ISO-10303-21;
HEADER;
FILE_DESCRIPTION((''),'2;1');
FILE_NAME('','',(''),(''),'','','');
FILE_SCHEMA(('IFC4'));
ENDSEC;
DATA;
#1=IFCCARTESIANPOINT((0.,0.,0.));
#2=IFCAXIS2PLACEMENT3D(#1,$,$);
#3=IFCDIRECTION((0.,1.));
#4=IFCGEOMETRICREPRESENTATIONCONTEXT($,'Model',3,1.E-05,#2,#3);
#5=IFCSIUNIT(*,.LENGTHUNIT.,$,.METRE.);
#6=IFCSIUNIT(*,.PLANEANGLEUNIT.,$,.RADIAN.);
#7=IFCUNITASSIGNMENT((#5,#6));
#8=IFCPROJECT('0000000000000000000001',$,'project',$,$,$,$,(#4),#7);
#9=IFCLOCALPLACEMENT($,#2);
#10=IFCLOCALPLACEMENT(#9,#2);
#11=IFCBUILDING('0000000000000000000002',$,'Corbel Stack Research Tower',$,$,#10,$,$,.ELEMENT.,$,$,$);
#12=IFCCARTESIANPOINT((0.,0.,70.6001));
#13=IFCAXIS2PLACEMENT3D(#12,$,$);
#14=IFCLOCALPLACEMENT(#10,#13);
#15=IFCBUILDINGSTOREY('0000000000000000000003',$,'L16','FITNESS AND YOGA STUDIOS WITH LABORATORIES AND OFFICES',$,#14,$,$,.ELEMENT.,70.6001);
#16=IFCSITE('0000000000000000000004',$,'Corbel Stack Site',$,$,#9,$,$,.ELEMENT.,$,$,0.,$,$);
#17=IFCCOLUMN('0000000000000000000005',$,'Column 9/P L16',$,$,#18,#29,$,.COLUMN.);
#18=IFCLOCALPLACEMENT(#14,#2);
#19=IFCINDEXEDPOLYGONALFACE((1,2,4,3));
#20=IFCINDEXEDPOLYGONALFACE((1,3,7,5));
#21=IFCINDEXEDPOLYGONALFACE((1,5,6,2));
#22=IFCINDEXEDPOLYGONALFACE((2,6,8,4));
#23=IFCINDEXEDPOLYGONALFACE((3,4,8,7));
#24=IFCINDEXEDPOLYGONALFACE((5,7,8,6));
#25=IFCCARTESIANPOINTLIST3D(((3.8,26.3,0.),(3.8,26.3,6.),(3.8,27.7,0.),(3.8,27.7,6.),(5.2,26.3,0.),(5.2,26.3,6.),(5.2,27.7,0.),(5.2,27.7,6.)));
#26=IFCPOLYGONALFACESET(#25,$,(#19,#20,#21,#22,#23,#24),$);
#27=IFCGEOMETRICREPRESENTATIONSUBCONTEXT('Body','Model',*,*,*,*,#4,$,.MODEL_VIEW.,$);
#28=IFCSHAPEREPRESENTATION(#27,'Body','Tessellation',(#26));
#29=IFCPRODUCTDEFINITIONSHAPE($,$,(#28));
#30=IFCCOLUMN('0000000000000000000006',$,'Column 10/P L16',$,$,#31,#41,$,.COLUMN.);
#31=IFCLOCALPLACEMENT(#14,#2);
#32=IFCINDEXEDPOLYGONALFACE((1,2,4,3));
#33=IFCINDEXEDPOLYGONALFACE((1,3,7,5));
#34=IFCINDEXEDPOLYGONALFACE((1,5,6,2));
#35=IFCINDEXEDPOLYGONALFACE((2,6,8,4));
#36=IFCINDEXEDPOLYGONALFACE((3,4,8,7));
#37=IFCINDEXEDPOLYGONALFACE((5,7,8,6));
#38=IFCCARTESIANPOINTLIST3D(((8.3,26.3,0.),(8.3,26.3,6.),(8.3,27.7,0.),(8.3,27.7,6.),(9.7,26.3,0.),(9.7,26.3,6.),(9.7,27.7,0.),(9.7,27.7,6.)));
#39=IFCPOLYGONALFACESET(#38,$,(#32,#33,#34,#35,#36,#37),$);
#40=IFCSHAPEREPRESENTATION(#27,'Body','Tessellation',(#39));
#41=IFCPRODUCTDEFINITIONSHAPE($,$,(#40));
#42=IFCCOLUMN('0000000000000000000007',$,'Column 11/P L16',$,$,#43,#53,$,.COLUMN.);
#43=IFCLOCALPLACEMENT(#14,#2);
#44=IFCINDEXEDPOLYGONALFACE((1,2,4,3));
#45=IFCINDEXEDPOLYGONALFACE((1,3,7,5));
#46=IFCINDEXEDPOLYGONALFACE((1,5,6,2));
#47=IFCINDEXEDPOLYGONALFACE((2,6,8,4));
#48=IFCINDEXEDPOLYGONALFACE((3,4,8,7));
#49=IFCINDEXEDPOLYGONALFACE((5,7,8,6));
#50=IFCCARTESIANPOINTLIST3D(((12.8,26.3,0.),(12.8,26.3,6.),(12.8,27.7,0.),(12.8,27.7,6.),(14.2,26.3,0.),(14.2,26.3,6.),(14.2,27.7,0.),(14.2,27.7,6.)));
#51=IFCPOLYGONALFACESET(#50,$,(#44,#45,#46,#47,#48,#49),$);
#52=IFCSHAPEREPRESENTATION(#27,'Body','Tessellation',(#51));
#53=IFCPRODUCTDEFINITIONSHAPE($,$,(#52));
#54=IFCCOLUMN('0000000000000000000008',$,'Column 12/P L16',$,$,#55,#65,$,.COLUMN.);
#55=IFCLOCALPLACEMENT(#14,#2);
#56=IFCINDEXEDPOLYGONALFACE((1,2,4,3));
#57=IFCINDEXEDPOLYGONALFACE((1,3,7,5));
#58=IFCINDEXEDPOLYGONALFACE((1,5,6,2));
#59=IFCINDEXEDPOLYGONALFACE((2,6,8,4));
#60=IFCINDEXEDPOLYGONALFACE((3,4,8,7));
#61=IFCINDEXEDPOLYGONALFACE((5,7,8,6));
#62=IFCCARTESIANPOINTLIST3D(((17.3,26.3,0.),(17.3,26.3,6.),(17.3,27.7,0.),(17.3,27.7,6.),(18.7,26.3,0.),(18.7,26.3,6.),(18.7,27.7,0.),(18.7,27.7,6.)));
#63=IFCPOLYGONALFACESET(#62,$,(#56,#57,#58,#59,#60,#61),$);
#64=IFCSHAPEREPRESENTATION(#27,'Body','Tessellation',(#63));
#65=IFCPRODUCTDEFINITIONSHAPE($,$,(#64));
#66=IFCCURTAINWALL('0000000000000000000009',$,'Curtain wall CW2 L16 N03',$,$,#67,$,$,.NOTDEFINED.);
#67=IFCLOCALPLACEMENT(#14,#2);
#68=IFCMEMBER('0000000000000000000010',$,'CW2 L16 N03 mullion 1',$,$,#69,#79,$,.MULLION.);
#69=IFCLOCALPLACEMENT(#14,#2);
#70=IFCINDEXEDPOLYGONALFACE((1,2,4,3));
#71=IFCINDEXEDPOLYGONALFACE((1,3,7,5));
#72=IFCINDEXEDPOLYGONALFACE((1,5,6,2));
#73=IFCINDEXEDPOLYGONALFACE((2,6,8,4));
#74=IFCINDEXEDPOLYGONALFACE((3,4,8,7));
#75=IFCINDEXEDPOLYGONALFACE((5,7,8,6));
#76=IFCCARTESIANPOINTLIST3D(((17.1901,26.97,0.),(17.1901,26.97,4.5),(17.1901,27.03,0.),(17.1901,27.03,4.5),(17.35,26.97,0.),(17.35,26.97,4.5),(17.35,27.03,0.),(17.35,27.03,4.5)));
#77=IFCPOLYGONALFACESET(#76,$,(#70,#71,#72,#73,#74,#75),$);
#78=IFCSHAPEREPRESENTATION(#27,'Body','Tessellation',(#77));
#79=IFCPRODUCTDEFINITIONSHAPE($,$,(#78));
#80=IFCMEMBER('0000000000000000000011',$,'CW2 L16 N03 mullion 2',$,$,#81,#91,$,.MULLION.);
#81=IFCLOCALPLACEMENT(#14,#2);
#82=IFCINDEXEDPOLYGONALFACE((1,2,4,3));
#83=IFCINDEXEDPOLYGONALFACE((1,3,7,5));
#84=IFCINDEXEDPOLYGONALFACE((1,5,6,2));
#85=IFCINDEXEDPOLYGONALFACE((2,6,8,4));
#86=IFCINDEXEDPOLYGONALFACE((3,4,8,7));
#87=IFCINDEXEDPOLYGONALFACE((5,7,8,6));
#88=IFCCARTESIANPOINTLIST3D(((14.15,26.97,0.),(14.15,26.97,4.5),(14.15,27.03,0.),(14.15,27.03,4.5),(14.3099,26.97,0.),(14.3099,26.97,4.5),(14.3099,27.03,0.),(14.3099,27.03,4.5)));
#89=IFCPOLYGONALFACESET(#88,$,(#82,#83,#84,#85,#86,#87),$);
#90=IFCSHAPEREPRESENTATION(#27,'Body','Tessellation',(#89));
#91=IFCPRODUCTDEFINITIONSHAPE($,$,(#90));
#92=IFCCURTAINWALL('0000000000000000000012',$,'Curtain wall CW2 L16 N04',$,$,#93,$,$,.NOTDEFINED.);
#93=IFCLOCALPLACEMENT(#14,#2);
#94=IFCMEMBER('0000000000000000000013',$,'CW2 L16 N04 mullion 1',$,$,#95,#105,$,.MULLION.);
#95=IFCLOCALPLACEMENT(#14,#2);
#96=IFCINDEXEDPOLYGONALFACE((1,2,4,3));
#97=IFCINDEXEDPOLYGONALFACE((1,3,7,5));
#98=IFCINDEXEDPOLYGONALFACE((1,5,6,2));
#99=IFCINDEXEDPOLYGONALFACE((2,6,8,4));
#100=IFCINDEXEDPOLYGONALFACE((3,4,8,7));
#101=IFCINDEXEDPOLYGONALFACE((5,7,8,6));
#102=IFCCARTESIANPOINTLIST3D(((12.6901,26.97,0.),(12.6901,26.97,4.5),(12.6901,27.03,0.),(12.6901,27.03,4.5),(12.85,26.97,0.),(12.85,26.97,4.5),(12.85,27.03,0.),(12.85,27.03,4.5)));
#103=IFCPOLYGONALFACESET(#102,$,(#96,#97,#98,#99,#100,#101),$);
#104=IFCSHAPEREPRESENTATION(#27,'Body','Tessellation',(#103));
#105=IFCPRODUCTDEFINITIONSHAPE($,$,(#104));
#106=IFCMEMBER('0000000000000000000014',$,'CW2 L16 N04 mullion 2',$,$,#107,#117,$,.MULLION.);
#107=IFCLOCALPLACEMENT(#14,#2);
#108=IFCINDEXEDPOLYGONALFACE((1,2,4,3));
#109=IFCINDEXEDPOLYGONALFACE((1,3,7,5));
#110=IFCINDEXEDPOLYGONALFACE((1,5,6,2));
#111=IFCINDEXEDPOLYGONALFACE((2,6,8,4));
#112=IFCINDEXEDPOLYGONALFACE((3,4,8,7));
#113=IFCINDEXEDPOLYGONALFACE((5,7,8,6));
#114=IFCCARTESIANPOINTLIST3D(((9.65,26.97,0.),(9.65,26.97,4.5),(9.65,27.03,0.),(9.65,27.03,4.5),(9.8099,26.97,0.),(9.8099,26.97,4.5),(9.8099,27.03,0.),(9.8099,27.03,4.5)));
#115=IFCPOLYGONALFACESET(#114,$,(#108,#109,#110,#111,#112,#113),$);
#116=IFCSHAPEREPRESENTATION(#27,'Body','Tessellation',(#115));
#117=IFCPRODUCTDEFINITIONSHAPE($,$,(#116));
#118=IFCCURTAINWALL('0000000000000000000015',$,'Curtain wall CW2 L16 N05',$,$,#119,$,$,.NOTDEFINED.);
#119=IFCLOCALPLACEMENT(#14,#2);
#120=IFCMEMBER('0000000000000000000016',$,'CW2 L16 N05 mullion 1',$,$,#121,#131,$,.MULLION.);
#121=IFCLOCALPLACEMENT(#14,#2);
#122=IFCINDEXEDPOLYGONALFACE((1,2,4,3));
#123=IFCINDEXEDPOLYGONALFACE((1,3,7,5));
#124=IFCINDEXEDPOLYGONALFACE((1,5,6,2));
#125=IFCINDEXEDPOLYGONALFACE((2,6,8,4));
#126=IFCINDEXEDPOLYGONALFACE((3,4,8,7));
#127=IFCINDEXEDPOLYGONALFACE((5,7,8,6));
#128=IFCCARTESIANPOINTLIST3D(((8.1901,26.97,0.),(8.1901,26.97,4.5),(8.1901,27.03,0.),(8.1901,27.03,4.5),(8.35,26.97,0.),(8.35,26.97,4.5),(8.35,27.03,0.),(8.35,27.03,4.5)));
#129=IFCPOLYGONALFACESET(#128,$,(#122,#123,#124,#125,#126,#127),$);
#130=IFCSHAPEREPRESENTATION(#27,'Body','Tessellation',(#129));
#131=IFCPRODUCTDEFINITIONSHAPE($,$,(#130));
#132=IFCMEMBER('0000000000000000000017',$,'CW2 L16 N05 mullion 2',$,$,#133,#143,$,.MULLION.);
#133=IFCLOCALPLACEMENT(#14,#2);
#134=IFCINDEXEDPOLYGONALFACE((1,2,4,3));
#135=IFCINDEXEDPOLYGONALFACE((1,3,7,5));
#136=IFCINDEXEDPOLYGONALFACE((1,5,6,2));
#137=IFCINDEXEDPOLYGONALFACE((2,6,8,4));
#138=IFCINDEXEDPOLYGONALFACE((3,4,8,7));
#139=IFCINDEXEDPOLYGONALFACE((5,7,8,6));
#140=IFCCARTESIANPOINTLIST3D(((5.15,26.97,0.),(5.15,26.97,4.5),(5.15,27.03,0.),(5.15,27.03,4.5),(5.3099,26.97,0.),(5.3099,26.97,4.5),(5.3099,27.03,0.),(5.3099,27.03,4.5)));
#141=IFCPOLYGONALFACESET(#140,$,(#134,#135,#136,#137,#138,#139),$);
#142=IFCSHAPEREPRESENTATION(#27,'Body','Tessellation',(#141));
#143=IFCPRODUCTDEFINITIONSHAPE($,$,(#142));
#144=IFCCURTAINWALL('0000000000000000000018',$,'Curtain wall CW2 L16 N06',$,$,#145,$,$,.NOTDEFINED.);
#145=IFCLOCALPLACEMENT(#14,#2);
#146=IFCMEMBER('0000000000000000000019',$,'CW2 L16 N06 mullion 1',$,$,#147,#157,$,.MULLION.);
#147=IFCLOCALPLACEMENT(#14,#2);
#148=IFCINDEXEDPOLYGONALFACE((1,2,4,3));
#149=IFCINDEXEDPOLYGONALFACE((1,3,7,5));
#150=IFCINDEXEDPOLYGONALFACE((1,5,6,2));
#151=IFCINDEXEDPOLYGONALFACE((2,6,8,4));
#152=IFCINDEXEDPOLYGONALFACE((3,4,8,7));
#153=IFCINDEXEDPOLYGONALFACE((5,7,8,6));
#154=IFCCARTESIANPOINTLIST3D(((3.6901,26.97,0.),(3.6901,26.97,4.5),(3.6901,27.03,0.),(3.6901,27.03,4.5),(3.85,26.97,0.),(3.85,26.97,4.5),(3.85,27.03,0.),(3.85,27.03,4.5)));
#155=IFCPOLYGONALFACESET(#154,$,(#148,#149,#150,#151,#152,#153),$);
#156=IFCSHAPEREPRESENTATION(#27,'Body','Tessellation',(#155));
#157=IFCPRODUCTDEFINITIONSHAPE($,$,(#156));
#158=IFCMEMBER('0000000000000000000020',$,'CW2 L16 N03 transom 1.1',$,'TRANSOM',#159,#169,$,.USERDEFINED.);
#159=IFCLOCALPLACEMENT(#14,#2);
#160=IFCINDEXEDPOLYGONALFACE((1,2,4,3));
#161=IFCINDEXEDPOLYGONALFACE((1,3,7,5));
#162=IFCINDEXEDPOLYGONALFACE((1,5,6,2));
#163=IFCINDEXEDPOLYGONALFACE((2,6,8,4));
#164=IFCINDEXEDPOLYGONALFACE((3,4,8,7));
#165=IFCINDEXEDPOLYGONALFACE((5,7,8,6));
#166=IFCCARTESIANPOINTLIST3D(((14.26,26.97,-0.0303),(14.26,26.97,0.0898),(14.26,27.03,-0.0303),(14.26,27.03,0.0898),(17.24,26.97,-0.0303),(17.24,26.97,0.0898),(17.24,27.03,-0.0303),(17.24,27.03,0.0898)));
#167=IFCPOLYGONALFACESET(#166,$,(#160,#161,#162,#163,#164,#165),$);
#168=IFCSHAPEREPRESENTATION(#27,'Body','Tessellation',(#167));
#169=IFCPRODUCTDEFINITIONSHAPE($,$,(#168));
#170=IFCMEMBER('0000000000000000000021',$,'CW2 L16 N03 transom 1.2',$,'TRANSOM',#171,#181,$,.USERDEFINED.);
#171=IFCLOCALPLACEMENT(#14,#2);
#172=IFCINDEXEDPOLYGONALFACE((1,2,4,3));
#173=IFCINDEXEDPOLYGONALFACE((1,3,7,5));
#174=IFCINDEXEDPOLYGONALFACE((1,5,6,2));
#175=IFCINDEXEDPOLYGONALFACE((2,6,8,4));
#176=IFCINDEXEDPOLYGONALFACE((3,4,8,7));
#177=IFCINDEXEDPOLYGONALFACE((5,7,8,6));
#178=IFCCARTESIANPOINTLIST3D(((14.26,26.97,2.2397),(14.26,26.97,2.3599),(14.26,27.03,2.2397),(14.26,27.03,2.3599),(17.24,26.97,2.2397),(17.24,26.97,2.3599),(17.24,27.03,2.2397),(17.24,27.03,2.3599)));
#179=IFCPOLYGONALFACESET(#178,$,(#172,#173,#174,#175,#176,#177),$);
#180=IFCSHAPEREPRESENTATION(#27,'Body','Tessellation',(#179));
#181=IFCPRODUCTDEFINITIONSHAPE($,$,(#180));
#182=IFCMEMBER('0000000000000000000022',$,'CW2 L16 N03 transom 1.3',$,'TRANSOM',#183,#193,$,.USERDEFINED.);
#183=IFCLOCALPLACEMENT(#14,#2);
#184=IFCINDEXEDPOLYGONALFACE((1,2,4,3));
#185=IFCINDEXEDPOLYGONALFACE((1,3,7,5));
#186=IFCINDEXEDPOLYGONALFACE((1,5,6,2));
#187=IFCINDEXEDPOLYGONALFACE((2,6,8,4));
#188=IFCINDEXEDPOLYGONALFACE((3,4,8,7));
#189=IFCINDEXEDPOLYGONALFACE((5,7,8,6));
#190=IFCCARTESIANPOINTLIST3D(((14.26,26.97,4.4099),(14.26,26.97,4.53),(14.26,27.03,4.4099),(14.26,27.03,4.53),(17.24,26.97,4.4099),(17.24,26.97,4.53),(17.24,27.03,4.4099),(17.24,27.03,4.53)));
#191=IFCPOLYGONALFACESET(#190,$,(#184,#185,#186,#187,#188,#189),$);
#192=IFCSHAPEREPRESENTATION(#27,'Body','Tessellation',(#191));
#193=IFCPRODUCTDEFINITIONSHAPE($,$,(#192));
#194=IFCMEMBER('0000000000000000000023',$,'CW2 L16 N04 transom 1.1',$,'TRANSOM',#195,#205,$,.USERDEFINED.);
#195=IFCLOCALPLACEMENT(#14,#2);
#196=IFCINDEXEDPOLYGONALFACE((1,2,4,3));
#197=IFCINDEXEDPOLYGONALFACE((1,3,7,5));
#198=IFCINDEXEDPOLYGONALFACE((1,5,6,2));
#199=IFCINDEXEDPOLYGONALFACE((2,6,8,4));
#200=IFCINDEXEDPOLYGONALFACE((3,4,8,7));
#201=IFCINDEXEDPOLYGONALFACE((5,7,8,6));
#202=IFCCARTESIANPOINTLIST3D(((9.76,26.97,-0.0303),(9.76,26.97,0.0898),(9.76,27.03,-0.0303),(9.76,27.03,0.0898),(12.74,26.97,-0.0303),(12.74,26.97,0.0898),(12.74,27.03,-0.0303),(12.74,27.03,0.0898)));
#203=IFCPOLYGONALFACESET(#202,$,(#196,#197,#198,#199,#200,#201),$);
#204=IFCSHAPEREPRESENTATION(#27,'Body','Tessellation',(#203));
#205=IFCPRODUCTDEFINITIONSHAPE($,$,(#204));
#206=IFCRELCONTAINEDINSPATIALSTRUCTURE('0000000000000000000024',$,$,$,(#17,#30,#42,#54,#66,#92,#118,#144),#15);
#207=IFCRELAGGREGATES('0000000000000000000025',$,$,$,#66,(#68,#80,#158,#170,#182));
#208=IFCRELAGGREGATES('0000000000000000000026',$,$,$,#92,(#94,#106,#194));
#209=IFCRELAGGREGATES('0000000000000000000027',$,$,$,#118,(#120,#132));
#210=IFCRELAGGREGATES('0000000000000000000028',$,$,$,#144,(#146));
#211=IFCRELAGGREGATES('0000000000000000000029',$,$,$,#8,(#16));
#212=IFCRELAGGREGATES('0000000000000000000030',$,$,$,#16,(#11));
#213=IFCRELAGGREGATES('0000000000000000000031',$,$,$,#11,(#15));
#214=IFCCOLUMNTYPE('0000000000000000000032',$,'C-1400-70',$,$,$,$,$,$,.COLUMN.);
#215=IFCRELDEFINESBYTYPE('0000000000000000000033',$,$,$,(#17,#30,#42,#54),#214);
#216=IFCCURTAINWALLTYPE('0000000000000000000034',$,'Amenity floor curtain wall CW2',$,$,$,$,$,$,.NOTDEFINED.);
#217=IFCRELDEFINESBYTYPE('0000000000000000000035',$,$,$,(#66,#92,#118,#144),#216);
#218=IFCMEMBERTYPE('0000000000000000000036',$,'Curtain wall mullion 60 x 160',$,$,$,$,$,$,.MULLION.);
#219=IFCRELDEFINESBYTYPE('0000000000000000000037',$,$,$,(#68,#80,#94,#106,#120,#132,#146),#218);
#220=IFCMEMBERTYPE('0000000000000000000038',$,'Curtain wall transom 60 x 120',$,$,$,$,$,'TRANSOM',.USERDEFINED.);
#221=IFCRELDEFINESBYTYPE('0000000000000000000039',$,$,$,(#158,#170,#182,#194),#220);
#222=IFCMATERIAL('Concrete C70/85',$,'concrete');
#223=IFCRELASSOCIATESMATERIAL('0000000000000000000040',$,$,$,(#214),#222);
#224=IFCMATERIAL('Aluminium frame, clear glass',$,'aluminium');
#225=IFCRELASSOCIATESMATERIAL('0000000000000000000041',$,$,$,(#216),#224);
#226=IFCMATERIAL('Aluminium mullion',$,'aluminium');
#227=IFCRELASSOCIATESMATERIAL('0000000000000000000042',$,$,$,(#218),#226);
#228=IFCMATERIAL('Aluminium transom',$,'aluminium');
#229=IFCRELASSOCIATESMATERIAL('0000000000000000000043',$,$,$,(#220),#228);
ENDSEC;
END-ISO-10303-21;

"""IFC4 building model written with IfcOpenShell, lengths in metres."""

from ifc_helpers import new_model, si_unit, direction, frame, origin, origin_2d, place, context, subcontext, project, spatial, rectangle, extrude, material, material_profile, profile_set, type_object, element, aggregate, save


model = new_model("IFC4")

# Units and contexts
model_context = context("Model", 3, precision=1e-05, world=origin(), true_north=direction((0.0, 1.0)))
body_context = subcontext(model_context, "Body", "Model", "MODEL_VIEW")
ifc_project = project(units=[si_unit("LENGTHUNIT", "METRE"), si_unit("PLANEANGLEUNIT", "RADIAN")], contexts=[model_context])

# Site, building, storey
site_placement = place(None, origin())
site = spatial("IfcSite", under=ifc_project, at=site_placement, Name="Corbel Stack Site", CompositionType="ELEMENT", RefElevation=0.0)
building_placement = place(site_placement, origin())
building = spatial("IfcBuilding", under=site, at=building_placement, Name="Corbel Stack Research Tower", CompositionType="ELEMENT")
storey_placement = place(building_placement, frame((0.0, 0.0, 70.6001)))
storey = spatial("IfcBuildingStorey", under=building, at=storey_placement, Name="L16", Description="FITNESS AND YOGA STUDIOS WITH LABORATORIES AND OFFICES", CompositionType="ELEMENT", Elevation=70.6001)

# Columns
ifc_material_1 = material(Name="Concrete C70/85", Category="concrete")
ifc_material_profile_1 = material_profile(ifc_material_1, rectangle(XDim=1.3999, YDim=1.3999, at=origin_2d()), Name="RC 1400 x 1400")
ifc_profile_set_1 = profile_set([ifc_material_profile_1], Name="Concrete C70/85")
column_type = type_object("IfcColumnType", Name="C-1400-70", PredefinedType="COLUMN", material=ifc_profile_set_1)
for number, where, z_axis, x_axis, name in (
    (1, (4.5, 27.0, 0.0), (0.0, 0.0, 1.0), (1.0, 0.0, 0.0), "Column 9/P L16"),
    (2, (9.0, 27.0, 0.0), (0.0, 0.0, 1.0), (1.0, 0.0, 0.0), "Column 10/P L16"),
    (3, (13.5, 27.0, 0.0), (0.0, 0.0, 1.0), (1.0, 0.0, 0.0), "Column 11/P L16"),
    (4, (18.0, 27.0, 0.0), (0.0, 0.0, 1.0), (1.0, 0.0, 0.0), "Column 12/P L16"),
):
    element("IfcColumn", number, at=place(storey_placement, frame(where, z_axis=z_axis, x_axis=x_axis)), inside=storey, type_object=column_type, Name=name, PredefinedType="COLUMN", context=body_context, shape_type="SweptSolid", body=[
        extrude(rectangle(XDim=1.3999, YDim=1.3999, at=origin_2d()), origin(), (0.0, 0.0, 1.0), 6.0),
    ])

# Curtain walls, members
ifc_material_2 = material(Name="Aluminium frame, clear glass", Category="aluminium")
curtain_wall_type = type_object("IfcCurtainWallType", Name="Amenity floor curtain wall CW2", PredefinedType="NOTDEFINED", material=ifc_material_2)
curtain_wall_1_placement = place(storey_placement, origin())
curtain_wall_1 = element("IfcCurtainWall", 5, at=curtain_wall_1_placement, inside=storey, type_object=curtain_wall_type, Name="Curtain wall CW2 L16 N03", PredefinedType="NOTDEFINED")
ifc_material_3 = material(Name="Aluminium mullion", Category="aluminium")
ifc_material_profile_2 = material_profile(ifc_material_3, rectangle(XDim=0.0601, YDim=0.1599, at=origin_2d()), Name="Mullion 60 x 160")
ifc_profile_set_2 = profile_set([ifc_material_profile_2], Name="Aluminium mullion")
member_type_1 = type_object("IfcMemberType", Name="Curtain wall mullion 60 x 160", PredefinedType="MULLION", material=ifc_profile_set_2)
member_1_placement = place(storey_placement, frame((17.27, 27.0, 0.0), z_axis=(0.0, 0.0, 1.0), x_axis=(0.0, -1.0, 0.0)))
member_1 = element("IfcMember", 6, at=member_1_placement, type_object=member_type_1, Name="CW2 L16 N03 mullion 1", PredefinedType="MULLION", context=body_context, shape_type="SweptSolid", body=[
    extrude(rectangle(XDim=0.0601, YDim=0.1599, at=origin_2d()), origin(), (0.0, 0.0, 1.0), 4.5),
])
member_2_placement = place(storey_placement, frame((14.23, 27.0, 0.0), z_axis=(0.0, 0.0, 1.0), x_axis=(0.0, -1.0, 0.0)))
member_2 = element("IfcMember", 7, at=member_2_placement, type_object=member_type_1, Name="CW2 L16 N03 mullion 2", PredefinedType="MULLION", context=body_context, shape_type="SweptSolid", body=[
    extrude(rectangle(XDim=0.0601, YDim=0.1599, at=origin_2d()), origin(), (0.0, 0.0, 1.0), 4.5),
])
curtain_wall_2_placement = place(storey_placement, origin())
curtain_wall_2 = element("IfcCurtainWall", 8, at=curtain_wall_2_placement, inside=storey, type_object=curtain_wall_type, Name="Curtain wall CW2 L16 N04", PredefinedType="NOTDEFINED")
member_3_placement = place(storey_placement, frame((12.77, 27.0, 0.0), z_axis=(0.0, 0.0, 1.0), x_axis=(0.0, -1.0, 0.0)))
member_3 = element("IfcMember", 9, at=member_3_placement, type_object=member_type_1, Name="CW2 L16 N04 mullion 1", PredefinedType="MULLION", context=body_context, shape_type="SweptSolid", body=[
    extrude(rectangle(XDim=0.0601, YDim=0.1599, at=origin_2d()), origin(), (0.0, 0.0, 1.0), 4.5),
])
member_4_placement = place(storey_placement, frame((9.73, 27.0, 0.0), z_axis=(0.0, 0.0, 1.0), x_axis=(0.0, -1.0, 0.0)))
member_4 = element("IfcMember", 10, at=member_4_placement, type_object=member_type_1, Name="CW2 L16 N04 mullion 2", PredefinedType="MULLION", context=body_context, shape_type="SweptSolid", body=[
    extrude(rectangle(XDim=0.0601, YDim=0.1599, at=origin_2d()), origin(), (0.0, 0.0, 1.0), 4.5),
])
curtain_wall_3_placement = place(storey_placement, origin())
curtain_wall_3 = element("IfcCurtainWall", 11, at=curtain_wall_3_placement, inside=storey, type_object=curtain_wall_type, Name="Curtain wall CW2 L16 N05", PredefinedType="NOTDEFINED")
member_5_placement = place(storey_placement, frame((8.27, 27.0, 0.0), z_axis=(0.0, 0.0, 1.0), x_axis=(0.0, -1.0, 0.0)))
member_5 = element("IfcMember", 12, at=member_5_placement, type_object=member_type_1, Name="CW2 L16 N05 mullion 1", PredefinedType="MULLION", context=body_context, shape_type="SweptSolid", body=[
    extrude(rectangle(XDim=0.0601, YDim=0.1599, at=origin_2d()), origin(), (0.0, 0.0, 1.0), 4.5),
])
member_6_placement = place(storey_placement, frame((5.23, 27.0, 0.0), z_axis=(0.0, 0.0, 1.0), x_axis=(0.0, -1.0, 0.0)))
member_6 = element("IfcMember", 13, at=member_6_placement, type_object=member_type_1, Name="CW2 L16 N05 mullion 2", PredefinedType="MULLION", context=body_context, shape_type="SweptSolid", body=[
    extrude(rectangle(XDim=0.0601, YDim=0.1599, at=origin_2d()), origin(), (0.0, 0.0, 1.0), 4.5),
])

# Curtain wall, member
curtain_wall_4_placement = place(storey_placement, origin())
curtain_wall_4 = element("IfcCurtainWall", 14, at=curtain_wall_4_placement, inside=storey, type_object=curtain_wall_type, Name="Curtain wall CW2 L16 N06", PredefinedType="NOTDEFINED")
member_7_placement = place(storey_placement, frame((3.77, 27.0, 0.0), z_axis=(0.0, 0.0, 1.0), x_axis=(0.0, -1.0, 0.0)))
member_7 = element("IfcMember", 15, at=member_7_placement, type_object=member_type_1, Name="CW2 L16 N06 mullion 1", PredefinedType="MULLION", context=body_context, shape_type="SweptSolid", body=[
    extrude(rectangle(XDim=0.0601, YDim=0.1599, at=origin_2d()), origin(), (0.0, 0.0, 1.0), 4.5),
])

# Members
ifc_material_4 = material(Name="Aluminium transom", Category="aluminium")
ifc_material_profile_3 = material_profile(ifc_material_4, rectangle(XDim=0.0601, YDim=0.1201, at=origin_2d()), Name="Transom 60 x 120")
ifc_profile_set_3 = profile_set([ifc_material_profile_3], Name="Aluminium transom")
member_type_2 = type_object("IfcMemberType", Name="Curtain wall transom 60 x 120", ElementType="TRANSOM", PredefinedType="USERDEFINED", material=ifc_profile_set_3)
member_8_placement = place(storey_placement, frame((17.24, 27.0, 0.0298), z_axis=(-1.0, 0.0, 0.0), x_axis=(0.0, -1.0, 0.0)))
member_8 = element("IfcMember", 16, at=member_8_placement, type_object=member_type_2, Name="CW2 L16 N03 transom 1.1", ObjectType="TRANSOM", PredefinedType="USERDEFINED", context=body_context, shape_type="SweptSolid", body=[
    extrude(rectangle(XDim=0.0601, YDim=0.1201, at=origin_2d()), origin(), (0.0, 0.0, 1.0), 2.98),
])
member_9_placement = place(storey_placement, frame((17.24, 27.0, 2.2998), z_axis=(-1.0, 0.0, 0.0), x_axis=(0.0, -1.0, 0.0)))
member_9 = element("IfcMember", 17, at=member_9_placement, type_object=member_type_2, Name="CW2 L16 N03 transom 1.2", ObjectType="TRANSOM", PredefinedType="USERDEFINED", context=body_context, shape_type="SweptSolid", body=[
    extrude(rectangle(XDim=0.0601, YDim=0.1201, at=origin_2d()), origin(), (0.0, 0.0, 1.0), 2.98),
])
member_10_placement = place(storey_placement, frame((17.24, 27.0, 4.47), z_axis=(-1.0, 0.0, 0.0), x_axis=(0.0, -1.0, 0.0)))
member_10 = element("IfcMember", 18, at=member_10_placement, type_object=member_type_2, Name="CW2 L16 N03 transom 1.3", ObjectType="TRANSOM", PredefinedType="USERDEFINED", context=body_context, shape_type="SweptSolid", body=[
    extrude(rectangle(XDim=0.0601, YDim=0.1201, at=origin_2d()), origin(), (0.0, 0.0, 1.0), 2.98),
])
member_11_placement = place(storey_placement, frame((12.74, 27.0, 0.0298), z_axis=(-1.0, 0.0, 0.0), x_axis=(0.0, -1.0, 0.0)))
member_11 = element("IfcMember", 19, at=member_11_placement, type_object=member_type_2, Name="CW2 L16 N04 transom 1.1", ObjectType="TRANSOM", PredefinedType="USERDEFINED", context=body_context, shape_type="SweptSolid", body=[
    extrude(rectangle(XDim=0.0601, YDim=0.1201, at=origin_2d()), origin(), (0.0, 0.0, 1.0), 2.98),
])

aggregate(curtain_wall_1, [member_1, member_2, member_8, member_9, member_10])
aggregate(curtain_wall_2, [member_3, member_4, member_11])
aggregate(curtain_wall_3, [member_5, member_6])
aggregate(curtain_wall_4, [member_7])

save(model, "model.ifc")
